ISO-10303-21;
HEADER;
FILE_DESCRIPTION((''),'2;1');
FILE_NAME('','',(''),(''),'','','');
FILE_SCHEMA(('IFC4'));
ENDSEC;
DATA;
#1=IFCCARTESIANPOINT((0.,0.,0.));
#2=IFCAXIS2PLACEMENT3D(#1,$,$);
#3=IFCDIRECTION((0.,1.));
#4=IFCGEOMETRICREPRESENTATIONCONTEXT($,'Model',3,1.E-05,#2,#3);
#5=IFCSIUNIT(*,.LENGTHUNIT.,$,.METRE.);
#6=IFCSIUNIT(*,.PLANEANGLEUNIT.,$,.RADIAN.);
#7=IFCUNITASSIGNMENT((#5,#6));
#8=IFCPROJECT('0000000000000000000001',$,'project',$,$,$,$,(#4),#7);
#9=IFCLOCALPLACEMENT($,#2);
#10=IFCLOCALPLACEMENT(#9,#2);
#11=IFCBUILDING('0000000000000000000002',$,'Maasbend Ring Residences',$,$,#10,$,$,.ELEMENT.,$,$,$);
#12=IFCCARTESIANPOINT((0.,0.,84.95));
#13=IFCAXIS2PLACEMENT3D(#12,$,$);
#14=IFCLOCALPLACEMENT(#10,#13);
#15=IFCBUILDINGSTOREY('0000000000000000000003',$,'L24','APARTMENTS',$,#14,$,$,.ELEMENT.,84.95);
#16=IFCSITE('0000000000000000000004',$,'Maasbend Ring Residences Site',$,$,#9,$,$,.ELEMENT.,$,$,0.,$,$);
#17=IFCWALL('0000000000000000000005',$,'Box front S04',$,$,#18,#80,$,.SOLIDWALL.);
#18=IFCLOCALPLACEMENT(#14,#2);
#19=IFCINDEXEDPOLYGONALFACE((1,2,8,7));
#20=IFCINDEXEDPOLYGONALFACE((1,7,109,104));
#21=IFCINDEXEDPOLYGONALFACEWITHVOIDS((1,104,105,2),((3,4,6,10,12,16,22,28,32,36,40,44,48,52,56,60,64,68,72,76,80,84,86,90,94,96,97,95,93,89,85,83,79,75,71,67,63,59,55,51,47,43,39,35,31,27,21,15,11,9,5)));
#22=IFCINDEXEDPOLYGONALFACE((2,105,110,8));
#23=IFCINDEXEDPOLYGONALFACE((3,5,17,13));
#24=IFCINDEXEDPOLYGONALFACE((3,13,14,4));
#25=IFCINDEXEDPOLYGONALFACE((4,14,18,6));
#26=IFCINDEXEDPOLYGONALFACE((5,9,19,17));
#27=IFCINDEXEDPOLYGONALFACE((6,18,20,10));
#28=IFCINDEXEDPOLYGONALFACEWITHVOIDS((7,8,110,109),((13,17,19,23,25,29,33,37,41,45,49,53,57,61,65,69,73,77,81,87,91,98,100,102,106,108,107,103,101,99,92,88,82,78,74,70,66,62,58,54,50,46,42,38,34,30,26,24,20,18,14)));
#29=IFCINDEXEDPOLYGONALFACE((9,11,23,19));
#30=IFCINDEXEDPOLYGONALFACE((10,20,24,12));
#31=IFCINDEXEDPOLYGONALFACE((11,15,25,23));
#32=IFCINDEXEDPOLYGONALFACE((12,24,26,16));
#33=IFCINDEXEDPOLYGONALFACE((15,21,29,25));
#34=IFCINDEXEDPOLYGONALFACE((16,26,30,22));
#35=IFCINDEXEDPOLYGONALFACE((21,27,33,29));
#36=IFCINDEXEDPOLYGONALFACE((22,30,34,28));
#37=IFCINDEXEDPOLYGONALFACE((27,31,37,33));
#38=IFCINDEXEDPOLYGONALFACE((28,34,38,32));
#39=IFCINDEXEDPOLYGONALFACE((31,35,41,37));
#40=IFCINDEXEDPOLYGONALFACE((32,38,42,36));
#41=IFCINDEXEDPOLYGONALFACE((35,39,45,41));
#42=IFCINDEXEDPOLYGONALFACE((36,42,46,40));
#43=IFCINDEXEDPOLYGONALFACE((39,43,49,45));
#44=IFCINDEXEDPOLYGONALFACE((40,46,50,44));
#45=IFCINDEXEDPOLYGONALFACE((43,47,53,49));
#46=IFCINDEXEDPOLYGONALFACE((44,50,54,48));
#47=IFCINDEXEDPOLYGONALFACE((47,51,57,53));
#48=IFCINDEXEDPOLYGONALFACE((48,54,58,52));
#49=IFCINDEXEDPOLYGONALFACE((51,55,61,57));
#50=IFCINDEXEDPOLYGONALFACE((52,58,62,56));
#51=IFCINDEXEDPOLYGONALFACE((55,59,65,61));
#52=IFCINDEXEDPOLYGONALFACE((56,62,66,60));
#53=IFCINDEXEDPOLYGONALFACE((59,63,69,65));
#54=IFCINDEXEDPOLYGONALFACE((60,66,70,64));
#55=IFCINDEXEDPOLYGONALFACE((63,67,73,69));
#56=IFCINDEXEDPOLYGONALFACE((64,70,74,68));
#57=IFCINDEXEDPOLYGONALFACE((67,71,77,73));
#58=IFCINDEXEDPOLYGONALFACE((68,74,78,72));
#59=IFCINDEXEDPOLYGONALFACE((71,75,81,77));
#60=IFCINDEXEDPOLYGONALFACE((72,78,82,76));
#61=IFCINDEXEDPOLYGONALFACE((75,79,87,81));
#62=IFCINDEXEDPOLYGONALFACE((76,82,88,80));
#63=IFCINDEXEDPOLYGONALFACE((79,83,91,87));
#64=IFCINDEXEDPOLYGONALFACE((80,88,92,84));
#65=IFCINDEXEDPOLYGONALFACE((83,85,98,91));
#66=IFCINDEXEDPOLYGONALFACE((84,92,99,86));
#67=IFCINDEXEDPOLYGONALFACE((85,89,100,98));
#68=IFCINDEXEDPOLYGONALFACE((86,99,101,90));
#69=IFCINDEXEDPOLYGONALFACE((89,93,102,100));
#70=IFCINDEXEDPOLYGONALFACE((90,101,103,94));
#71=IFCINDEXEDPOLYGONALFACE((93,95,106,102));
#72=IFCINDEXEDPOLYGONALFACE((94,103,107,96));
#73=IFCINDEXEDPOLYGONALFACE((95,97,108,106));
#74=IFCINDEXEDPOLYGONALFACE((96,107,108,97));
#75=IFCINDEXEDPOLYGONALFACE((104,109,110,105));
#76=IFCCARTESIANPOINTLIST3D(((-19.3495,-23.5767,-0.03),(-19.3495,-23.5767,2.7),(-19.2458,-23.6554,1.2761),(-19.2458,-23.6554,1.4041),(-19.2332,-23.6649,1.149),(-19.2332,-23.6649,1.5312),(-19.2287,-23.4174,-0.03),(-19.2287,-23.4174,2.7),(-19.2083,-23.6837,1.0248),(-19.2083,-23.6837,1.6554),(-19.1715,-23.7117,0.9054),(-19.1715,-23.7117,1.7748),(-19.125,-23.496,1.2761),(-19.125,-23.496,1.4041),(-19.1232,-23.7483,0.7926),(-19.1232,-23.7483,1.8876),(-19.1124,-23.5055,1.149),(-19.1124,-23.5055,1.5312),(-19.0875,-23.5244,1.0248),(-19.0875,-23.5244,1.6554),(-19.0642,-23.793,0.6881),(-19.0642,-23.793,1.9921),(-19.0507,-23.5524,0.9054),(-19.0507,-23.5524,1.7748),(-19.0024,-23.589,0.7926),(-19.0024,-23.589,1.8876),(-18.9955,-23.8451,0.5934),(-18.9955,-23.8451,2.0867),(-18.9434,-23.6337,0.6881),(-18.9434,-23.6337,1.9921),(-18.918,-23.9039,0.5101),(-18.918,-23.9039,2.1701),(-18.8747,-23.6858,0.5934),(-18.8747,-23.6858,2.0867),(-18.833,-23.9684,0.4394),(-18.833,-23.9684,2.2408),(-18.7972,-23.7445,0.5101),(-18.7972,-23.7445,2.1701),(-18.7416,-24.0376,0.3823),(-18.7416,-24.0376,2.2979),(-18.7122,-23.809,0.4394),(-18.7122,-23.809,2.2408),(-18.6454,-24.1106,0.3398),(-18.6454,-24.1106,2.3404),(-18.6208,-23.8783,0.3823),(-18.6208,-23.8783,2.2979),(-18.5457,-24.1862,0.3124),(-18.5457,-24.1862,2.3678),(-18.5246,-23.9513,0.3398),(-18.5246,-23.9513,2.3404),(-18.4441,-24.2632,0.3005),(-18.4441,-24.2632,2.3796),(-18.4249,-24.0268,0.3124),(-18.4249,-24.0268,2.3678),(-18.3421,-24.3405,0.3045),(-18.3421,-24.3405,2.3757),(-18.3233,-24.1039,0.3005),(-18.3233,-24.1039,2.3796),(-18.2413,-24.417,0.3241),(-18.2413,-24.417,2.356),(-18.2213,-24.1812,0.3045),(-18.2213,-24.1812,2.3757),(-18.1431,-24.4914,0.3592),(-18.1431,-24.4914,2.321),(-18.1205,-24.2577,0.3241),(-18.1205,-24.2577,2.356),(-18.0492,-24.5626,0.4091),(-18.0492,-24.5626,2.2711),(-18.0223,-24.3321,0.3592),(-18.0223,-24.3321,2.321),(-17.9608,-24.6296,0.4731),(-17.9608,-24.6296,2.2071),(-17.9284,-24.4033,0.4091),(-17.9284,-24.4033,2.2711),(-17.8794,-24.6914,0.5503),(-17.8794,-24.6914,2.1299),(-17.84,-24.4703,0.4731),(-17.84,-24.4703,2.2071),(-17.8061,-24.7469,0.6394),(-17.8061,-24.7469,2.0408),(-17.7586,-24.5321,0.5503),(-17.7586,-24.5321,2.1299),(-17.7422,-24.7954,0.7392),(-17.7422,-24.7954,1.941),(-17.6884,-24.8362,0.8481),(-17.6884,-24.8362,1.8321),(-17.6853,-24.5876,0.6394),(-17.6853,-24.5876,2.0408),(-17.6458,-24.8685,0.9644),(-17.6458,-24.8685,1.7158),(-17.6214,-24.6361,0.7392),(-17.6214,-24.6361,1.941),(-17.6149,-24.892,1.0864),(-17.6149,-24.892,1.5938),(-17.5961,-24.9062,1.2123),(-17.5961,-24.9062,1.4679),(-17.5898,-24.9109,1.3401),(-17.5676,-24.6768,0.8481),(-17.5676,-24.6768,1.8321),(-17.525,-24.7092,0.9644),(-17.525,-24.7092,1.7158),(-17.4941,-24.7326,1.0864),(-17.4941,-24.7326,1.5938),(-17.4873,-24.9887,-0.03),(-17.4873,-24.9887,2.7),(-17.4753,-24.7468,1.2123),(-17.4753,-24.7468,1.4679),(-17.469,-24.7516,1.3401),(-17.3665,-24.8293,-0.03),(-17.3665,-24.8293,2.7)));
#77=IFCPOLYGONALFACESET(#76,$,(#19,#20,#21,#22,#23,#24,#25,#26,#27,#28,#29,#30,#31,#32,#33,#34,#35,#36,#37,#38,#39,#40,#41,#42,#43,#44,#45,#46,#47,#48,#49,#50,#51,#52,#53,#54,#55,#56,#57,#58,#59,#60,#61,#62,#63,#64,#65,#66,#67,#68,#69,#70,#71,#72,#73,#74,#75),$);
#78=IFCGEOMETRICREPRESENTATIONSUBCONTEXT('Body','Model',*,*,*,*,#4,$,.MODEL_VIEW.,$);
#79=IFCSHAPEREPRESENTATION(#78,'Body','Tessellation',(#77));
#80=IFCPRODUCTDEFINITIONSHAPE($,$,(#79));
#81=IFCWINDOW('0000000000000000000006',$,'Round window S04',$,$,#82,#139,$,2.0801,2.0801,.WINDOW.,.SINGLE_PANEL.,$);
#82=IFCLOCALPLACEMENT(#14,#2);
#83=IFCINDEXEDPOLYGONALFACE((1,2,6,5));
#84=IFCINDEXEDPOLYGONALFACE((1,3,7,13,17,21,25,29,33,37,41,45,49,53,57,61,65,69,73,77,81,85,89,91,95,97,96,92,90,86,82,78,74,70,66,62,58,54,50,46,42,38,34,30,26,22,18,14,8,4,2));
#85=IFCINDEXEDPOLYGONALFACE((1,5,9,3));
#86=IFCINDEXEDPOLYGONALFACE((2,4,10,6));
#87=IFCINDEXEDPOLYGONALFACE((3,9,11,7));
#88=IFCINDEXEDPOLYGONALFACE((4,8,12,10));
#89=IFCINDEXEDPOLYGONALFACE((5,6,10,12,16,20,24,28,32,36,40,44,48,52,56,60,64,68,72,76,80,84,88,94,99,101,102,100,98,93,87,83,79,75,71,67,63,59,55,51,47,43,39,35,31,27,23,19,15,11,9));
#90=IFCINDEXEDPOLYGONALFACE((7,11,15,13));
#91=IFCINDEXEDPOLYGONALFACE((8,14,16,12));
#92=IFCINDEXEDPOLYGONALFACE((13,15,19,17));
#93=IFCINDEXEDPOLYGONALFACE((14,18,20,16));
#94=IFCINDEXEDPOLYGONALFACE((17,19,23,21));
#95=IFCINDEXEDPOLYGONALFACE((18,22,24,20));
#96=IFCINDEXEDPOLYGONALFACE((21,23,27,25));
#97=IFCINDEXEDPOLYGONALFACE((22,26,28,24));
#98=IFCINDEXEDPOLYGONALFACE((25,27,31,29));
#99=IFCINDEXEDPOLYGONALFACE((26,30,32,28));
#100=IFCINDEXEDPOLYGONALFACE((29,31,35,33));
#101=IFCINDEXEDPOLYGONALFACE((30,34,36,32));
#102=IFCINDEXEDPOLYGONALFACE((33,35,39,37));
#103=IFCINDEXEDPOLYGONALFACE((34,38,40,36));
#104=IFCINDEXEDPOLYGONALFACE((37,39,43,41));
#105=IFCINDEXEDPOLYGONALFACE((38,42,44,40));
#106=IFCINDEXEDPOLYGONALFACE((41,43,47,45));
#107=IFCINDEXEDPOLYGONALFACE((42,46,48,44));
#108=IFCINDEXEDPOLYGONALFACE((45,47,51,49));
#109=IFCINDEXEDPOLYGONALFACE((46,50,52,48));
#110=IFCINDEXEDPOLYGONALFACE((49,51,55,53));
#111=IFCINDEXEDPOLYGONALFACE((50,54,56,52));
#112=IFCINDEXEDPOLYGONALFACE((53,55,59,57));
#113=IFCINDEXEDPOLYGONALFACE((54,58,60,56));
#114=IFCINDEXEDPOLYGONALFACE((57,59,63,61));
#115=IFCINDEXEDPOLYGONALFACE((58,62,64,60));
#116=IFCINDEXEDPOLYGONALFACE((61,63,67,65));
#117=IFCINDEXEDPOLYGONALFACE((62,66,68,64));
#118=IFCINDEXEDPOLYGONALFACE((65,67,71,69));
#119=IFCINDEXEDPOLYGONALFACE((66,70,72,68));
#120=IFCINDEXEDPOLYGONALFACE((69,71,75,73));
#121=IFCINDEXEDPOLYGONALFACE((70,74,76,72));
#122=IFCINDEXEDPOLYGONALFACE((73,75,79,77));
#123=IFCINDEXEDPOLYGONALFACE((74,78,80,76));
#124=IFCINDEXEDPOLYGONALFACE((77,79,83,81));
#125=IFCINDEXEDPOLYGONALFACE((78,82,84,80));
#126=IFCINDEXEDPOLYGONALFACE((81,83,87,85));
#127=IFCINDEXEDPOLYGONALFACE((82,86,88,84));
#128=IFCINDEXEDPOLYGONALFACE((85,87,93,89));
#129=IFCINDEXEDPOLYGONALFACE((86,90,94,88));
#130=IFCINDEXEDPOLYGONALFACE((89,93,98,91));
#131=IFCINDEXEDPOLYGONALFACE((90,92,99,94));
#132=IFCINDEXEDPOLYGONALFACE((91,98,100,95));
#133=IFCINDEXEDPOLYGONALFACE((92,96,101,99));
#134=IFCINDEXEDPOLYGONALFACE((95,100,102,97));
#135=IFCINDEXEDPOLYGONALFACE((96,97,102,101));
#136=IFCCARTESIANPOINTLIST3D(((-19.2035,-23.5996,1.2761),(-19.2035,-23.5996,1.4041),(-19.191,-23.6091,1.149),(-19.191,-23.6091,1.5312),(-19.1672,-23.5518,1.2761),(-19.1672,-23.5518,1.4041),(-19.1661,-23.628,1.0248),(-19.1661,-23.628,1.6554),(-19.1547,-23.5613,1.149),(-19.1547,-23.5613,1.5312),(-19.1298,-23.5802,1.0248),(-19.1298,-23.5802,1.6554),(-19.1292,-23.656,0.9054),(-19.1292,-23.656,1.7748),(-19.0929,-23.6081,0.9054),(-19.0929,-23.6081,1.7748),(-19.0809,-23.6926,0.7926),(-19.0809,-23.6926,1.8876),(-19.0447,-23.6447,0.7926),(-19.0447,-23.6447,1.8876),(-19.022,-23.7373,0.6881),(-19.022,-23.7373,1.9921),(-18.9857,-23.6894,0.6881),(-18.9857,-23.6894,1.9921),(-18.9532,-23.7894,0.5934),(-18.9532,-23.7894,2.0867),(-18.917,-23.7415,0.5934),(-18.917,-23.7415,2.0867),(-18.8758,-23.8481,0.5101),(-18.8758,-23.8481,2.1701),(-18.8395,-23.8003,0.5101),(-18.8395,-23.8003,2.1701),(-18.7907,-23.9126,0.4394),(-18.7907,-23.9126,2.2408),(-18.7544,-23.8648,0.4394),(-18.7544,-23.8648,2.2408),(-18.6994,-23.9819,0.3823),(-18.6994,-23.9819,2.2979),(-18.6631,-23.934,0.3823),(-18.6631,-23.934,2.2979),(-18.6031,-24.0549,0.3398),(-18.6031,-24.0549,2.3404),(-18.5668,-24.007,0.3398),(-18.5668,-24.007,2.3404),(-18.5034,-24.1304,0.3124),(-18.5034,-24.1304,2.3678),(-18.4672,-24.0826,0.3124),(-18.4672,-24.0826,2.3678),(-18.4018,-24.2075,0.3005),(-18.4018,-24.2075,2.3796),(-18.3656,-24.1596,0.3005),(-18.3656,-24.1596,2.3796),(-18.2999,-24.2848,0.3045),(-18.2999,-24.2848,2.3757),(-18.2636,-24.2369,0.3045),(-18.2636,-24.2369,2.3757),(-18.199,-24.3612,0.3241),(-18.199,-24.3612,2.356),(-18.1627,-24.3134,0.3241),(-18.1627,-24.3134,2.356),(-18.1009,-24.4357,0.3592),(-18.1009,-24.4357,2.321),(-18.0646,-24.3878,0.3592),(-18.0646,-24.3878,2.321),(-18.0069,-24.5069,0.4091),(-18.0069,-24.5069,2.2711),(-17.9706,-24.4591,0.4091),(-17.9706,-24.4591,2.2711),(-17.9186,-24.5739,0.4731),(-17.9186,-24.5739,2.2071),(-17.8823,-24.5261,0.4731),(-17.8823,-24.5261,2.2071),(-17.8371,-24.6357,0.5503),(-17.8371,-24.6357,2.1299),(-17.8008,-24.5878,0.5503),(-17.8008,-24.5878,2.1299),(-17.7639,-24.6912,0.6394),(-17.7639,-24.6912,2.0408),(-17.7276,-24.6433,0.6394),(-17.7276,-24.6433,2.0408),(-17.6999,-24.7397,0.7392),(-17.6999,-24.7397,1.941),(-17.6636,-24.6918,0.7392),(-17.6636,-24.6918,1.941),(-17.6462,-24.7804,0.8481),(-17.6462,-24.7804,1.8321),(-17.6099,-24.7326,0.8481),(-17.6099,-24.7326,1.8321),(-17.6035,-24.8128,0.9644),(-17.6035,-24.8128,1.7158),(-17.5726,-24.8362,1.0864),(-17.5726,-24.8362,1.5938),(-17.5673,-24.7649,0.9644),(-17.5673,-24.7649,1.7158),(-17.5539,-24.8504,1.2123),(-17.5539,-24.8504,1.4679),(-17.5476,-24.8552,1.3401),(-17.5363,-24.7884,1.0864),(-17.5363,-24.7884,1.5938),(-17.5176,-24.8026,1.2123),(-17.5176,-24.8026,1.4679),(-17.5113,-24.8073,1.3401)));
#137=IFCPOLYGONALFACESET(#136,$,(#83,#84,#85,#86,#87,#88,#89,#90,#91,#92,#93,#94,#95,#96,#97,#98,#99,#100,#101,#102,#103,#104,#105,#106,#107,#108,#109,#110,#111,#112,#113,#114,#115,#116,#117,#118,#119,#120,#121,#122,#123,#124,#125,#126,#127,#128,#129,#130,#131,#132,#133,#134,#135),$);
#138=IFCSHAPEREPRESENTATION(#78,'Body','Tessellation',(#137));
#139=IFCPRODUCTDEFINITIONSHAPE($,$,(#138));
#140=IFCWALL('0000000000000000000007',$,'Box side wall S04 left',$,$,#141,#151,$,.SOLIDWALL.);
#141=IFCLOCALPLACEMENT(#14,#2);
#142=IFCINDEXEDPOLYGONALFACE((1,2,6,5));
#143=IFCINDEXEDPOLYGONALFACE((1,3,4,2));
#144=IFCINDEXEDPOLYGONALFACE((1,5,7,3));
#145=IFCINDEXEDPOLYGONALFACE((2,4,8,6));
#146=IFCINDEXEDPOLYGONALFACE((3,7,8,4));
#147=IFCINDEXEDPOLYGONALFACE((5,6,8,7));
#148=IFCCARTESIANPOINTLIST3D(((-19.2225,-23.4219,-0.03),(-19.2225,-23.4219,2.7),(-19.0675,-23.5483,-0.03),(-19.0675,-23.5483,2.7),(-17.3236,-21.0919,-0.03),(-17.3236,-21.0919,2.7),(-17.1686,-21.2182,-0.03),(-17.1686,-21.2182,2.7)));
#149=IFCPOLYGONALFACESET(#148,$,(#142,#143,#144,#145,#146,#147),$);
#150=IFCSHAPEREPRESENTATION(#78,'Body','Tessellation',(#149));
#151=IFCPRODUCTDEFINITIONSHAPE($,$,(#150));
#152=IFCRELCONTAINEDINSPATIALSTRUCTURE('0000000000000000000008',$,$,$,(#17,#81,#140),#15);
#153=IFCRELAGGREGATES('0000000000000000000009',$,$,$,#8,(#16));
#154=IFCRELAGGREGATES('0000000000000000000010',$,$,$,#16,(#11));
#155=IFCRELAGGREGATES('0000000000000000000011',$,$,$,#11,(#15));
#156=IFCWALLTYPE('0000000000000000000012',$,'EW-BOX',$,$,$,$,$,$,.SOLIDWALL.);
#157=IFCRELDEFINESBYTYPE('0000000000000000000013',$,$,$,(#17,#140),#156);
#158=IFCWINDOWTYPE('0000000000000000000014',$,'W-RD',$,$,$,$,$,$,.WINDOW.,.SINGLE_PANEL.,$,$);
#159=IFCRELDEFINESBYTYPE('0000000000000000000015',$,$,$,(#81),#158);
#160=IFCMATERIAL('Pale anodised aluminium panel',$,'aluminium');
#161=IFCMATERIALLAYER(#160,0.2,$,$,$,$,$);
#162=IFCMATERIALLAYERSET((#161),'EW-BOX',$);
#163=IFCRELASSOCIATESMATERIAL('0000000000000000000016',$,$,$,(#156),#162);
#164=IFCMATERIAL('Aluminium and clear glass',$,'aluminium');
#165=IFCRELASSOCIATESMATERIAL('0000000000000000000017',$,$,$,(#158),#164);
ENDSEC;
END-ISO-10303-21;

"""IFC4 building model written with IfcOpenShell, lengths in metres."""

from ifc_helpers import new_model, si_unit, direction, frame, frame_2d, origin, place, context, subcontext, project, spatial, rectangle, circle, extrude, material, layer, layer_set, type_object, element, fill, save


model = new_model("IFC4")

# Units and contexts
model_context = context("Model", 3, precision=1e-05, world=origin(), true_north=direction((0.0, 1.0)))
body_context = subcontext(model_context, "Body", "Model", "MODEL_VIEW")
ifc_project = project(units=[si_unit("LENGTHUNIT", "METRE"), si_unit("PLANEANGLEUNIT", "RADIAN")], contexts=[model_context])

# Site, building, storey
site_placement = place(None, origin())
site = spatial("IfcSite", under=ifc_project, at=site_placement, Name="Maasbend Ring Residences Site", CompositionType="ELEMENT", RefElevation=0.0)
building_placement = place(site_placement, origin())
building = spatial("IfcBuilding", under=site, at=building_placement, Name="Maasbend Ring Residences", CompositionType="ELEMENT")
storey_placement = place(building_placement, frame((0.0, 0.0, 84.95)))
storey = spatial("IfcBuildingStorey", under=building, at=storey_placement, Name="L24", Description="APARTMENTS", CompositionType="ELEMENT", Elevation=84.95)

# Shared definitions
ifc_material_1 = material(Name="Pale anodised aluminium panel", Category="aluminium")
ifc_layer_1 = layer(ifc_material_1, 0.2)
ifc_layer_set_1 = layer_set([ifc_layer_1], Name="EW-BOX")
wall_type_1 = type_object("IfcWallType", Name="EW-BOX", PredefinedType="SOLIDWALL", material=ifc_layer_set_1)
ifc_material_2 = material(Name="Aluminium and clear glass", Category="aluminium")
window_type_1 = type_object("IfcWindowType", Name="W-RD", PartitioningType="SINGLE_PANEL", PredefinedType="WINDOW", material=ifc_material_2)

# Wall, opening, window
wall_1_placement = place(storey_placement, frame((-19.2891, -23.4971, -0.03), z_axis=(0.0, 0.0, 1.0), x_axis=(0.796842, -0.604188, 0.0)))
wall_1 = element("IfcWall", 1, at=wall_1_placement, inside=storey, type_object=wall_type_1, Name="Box front S04", PredefinedType="SOLIDWALL", context=body_context, shape_type="SweptSolid", body=[
    extrude(rectangle(XDim=2.3369, YDim=0.2, at=frame_2d((1.1685, 0.0))), origin(), (0.0, 0.0, 1.0), 2.73),
])
opening_1_placement = place(wall_1_placement, frame((0.1282, 0.0, 0.3301)))
opening_1 = element("IfcOpeningElement", 2, at=opening_1_placement, cuts=wall_1, PredefinedType="OPENING", context=body_context, shape_type="SweptSolid", body=[
    extrude(circle(Radius=1.04, at=frame_2d((1.04, 1.04))), frame((0.0, 0.1099, 0.0), z_axis=(0.0, -1.0, 0.0), x_axis=(1.0, 0.0, 0.0)), (0.0, 0.0, 1.0), 0.22),
])
window_1_placement = place(opening_1_placement, origin())
window_1 = element("IfcWindow", 3, at=window_1_placement, inside=storey, type_object=window_type_1, Name="Round window S04", OverallHeight=2.0801, OverallWidth=2.0801, PartitioningType="SINGLE_PANEL", PredefinedType="WINDOW", context=body_context, shape_type="SweptSolid", body=[
    extrude(circle(Radius=1.04, at=frame_2d((1.04, 1.04))), frame((0.0, 0.03, 0.0), z_axis=(0.0, -1.0, 0.0), x_axis=(1.0, 0.0, 0.0)), (0.0, 0.0, 1.0), 0.0601),
])
fill(opening_1, window_1)

# Wall
wall_2_placement = place(storey_placement, frame((-17.2461, -21.155, -0.03), z_axis=(0.0, 0.0, 1.0), x_axis=(-0.631742, -0.775179, 0.0)))
element("IfcWall", 4, at=wall_2_placement, inside=storey, type_object=wall_type_1, Name="Box side wall S04 left", PredefinedType="SOLIDWALL", context=body_context, shape_type="SweptSolid", body=[
    extrude(rectangle(XDim=3.0059, YDim=0.2, at=frame_2d((1.5029, 0.0))), origin(), (0.0, 0.0, 1.0), 2.73),
])

save(model, "model.ifc")
